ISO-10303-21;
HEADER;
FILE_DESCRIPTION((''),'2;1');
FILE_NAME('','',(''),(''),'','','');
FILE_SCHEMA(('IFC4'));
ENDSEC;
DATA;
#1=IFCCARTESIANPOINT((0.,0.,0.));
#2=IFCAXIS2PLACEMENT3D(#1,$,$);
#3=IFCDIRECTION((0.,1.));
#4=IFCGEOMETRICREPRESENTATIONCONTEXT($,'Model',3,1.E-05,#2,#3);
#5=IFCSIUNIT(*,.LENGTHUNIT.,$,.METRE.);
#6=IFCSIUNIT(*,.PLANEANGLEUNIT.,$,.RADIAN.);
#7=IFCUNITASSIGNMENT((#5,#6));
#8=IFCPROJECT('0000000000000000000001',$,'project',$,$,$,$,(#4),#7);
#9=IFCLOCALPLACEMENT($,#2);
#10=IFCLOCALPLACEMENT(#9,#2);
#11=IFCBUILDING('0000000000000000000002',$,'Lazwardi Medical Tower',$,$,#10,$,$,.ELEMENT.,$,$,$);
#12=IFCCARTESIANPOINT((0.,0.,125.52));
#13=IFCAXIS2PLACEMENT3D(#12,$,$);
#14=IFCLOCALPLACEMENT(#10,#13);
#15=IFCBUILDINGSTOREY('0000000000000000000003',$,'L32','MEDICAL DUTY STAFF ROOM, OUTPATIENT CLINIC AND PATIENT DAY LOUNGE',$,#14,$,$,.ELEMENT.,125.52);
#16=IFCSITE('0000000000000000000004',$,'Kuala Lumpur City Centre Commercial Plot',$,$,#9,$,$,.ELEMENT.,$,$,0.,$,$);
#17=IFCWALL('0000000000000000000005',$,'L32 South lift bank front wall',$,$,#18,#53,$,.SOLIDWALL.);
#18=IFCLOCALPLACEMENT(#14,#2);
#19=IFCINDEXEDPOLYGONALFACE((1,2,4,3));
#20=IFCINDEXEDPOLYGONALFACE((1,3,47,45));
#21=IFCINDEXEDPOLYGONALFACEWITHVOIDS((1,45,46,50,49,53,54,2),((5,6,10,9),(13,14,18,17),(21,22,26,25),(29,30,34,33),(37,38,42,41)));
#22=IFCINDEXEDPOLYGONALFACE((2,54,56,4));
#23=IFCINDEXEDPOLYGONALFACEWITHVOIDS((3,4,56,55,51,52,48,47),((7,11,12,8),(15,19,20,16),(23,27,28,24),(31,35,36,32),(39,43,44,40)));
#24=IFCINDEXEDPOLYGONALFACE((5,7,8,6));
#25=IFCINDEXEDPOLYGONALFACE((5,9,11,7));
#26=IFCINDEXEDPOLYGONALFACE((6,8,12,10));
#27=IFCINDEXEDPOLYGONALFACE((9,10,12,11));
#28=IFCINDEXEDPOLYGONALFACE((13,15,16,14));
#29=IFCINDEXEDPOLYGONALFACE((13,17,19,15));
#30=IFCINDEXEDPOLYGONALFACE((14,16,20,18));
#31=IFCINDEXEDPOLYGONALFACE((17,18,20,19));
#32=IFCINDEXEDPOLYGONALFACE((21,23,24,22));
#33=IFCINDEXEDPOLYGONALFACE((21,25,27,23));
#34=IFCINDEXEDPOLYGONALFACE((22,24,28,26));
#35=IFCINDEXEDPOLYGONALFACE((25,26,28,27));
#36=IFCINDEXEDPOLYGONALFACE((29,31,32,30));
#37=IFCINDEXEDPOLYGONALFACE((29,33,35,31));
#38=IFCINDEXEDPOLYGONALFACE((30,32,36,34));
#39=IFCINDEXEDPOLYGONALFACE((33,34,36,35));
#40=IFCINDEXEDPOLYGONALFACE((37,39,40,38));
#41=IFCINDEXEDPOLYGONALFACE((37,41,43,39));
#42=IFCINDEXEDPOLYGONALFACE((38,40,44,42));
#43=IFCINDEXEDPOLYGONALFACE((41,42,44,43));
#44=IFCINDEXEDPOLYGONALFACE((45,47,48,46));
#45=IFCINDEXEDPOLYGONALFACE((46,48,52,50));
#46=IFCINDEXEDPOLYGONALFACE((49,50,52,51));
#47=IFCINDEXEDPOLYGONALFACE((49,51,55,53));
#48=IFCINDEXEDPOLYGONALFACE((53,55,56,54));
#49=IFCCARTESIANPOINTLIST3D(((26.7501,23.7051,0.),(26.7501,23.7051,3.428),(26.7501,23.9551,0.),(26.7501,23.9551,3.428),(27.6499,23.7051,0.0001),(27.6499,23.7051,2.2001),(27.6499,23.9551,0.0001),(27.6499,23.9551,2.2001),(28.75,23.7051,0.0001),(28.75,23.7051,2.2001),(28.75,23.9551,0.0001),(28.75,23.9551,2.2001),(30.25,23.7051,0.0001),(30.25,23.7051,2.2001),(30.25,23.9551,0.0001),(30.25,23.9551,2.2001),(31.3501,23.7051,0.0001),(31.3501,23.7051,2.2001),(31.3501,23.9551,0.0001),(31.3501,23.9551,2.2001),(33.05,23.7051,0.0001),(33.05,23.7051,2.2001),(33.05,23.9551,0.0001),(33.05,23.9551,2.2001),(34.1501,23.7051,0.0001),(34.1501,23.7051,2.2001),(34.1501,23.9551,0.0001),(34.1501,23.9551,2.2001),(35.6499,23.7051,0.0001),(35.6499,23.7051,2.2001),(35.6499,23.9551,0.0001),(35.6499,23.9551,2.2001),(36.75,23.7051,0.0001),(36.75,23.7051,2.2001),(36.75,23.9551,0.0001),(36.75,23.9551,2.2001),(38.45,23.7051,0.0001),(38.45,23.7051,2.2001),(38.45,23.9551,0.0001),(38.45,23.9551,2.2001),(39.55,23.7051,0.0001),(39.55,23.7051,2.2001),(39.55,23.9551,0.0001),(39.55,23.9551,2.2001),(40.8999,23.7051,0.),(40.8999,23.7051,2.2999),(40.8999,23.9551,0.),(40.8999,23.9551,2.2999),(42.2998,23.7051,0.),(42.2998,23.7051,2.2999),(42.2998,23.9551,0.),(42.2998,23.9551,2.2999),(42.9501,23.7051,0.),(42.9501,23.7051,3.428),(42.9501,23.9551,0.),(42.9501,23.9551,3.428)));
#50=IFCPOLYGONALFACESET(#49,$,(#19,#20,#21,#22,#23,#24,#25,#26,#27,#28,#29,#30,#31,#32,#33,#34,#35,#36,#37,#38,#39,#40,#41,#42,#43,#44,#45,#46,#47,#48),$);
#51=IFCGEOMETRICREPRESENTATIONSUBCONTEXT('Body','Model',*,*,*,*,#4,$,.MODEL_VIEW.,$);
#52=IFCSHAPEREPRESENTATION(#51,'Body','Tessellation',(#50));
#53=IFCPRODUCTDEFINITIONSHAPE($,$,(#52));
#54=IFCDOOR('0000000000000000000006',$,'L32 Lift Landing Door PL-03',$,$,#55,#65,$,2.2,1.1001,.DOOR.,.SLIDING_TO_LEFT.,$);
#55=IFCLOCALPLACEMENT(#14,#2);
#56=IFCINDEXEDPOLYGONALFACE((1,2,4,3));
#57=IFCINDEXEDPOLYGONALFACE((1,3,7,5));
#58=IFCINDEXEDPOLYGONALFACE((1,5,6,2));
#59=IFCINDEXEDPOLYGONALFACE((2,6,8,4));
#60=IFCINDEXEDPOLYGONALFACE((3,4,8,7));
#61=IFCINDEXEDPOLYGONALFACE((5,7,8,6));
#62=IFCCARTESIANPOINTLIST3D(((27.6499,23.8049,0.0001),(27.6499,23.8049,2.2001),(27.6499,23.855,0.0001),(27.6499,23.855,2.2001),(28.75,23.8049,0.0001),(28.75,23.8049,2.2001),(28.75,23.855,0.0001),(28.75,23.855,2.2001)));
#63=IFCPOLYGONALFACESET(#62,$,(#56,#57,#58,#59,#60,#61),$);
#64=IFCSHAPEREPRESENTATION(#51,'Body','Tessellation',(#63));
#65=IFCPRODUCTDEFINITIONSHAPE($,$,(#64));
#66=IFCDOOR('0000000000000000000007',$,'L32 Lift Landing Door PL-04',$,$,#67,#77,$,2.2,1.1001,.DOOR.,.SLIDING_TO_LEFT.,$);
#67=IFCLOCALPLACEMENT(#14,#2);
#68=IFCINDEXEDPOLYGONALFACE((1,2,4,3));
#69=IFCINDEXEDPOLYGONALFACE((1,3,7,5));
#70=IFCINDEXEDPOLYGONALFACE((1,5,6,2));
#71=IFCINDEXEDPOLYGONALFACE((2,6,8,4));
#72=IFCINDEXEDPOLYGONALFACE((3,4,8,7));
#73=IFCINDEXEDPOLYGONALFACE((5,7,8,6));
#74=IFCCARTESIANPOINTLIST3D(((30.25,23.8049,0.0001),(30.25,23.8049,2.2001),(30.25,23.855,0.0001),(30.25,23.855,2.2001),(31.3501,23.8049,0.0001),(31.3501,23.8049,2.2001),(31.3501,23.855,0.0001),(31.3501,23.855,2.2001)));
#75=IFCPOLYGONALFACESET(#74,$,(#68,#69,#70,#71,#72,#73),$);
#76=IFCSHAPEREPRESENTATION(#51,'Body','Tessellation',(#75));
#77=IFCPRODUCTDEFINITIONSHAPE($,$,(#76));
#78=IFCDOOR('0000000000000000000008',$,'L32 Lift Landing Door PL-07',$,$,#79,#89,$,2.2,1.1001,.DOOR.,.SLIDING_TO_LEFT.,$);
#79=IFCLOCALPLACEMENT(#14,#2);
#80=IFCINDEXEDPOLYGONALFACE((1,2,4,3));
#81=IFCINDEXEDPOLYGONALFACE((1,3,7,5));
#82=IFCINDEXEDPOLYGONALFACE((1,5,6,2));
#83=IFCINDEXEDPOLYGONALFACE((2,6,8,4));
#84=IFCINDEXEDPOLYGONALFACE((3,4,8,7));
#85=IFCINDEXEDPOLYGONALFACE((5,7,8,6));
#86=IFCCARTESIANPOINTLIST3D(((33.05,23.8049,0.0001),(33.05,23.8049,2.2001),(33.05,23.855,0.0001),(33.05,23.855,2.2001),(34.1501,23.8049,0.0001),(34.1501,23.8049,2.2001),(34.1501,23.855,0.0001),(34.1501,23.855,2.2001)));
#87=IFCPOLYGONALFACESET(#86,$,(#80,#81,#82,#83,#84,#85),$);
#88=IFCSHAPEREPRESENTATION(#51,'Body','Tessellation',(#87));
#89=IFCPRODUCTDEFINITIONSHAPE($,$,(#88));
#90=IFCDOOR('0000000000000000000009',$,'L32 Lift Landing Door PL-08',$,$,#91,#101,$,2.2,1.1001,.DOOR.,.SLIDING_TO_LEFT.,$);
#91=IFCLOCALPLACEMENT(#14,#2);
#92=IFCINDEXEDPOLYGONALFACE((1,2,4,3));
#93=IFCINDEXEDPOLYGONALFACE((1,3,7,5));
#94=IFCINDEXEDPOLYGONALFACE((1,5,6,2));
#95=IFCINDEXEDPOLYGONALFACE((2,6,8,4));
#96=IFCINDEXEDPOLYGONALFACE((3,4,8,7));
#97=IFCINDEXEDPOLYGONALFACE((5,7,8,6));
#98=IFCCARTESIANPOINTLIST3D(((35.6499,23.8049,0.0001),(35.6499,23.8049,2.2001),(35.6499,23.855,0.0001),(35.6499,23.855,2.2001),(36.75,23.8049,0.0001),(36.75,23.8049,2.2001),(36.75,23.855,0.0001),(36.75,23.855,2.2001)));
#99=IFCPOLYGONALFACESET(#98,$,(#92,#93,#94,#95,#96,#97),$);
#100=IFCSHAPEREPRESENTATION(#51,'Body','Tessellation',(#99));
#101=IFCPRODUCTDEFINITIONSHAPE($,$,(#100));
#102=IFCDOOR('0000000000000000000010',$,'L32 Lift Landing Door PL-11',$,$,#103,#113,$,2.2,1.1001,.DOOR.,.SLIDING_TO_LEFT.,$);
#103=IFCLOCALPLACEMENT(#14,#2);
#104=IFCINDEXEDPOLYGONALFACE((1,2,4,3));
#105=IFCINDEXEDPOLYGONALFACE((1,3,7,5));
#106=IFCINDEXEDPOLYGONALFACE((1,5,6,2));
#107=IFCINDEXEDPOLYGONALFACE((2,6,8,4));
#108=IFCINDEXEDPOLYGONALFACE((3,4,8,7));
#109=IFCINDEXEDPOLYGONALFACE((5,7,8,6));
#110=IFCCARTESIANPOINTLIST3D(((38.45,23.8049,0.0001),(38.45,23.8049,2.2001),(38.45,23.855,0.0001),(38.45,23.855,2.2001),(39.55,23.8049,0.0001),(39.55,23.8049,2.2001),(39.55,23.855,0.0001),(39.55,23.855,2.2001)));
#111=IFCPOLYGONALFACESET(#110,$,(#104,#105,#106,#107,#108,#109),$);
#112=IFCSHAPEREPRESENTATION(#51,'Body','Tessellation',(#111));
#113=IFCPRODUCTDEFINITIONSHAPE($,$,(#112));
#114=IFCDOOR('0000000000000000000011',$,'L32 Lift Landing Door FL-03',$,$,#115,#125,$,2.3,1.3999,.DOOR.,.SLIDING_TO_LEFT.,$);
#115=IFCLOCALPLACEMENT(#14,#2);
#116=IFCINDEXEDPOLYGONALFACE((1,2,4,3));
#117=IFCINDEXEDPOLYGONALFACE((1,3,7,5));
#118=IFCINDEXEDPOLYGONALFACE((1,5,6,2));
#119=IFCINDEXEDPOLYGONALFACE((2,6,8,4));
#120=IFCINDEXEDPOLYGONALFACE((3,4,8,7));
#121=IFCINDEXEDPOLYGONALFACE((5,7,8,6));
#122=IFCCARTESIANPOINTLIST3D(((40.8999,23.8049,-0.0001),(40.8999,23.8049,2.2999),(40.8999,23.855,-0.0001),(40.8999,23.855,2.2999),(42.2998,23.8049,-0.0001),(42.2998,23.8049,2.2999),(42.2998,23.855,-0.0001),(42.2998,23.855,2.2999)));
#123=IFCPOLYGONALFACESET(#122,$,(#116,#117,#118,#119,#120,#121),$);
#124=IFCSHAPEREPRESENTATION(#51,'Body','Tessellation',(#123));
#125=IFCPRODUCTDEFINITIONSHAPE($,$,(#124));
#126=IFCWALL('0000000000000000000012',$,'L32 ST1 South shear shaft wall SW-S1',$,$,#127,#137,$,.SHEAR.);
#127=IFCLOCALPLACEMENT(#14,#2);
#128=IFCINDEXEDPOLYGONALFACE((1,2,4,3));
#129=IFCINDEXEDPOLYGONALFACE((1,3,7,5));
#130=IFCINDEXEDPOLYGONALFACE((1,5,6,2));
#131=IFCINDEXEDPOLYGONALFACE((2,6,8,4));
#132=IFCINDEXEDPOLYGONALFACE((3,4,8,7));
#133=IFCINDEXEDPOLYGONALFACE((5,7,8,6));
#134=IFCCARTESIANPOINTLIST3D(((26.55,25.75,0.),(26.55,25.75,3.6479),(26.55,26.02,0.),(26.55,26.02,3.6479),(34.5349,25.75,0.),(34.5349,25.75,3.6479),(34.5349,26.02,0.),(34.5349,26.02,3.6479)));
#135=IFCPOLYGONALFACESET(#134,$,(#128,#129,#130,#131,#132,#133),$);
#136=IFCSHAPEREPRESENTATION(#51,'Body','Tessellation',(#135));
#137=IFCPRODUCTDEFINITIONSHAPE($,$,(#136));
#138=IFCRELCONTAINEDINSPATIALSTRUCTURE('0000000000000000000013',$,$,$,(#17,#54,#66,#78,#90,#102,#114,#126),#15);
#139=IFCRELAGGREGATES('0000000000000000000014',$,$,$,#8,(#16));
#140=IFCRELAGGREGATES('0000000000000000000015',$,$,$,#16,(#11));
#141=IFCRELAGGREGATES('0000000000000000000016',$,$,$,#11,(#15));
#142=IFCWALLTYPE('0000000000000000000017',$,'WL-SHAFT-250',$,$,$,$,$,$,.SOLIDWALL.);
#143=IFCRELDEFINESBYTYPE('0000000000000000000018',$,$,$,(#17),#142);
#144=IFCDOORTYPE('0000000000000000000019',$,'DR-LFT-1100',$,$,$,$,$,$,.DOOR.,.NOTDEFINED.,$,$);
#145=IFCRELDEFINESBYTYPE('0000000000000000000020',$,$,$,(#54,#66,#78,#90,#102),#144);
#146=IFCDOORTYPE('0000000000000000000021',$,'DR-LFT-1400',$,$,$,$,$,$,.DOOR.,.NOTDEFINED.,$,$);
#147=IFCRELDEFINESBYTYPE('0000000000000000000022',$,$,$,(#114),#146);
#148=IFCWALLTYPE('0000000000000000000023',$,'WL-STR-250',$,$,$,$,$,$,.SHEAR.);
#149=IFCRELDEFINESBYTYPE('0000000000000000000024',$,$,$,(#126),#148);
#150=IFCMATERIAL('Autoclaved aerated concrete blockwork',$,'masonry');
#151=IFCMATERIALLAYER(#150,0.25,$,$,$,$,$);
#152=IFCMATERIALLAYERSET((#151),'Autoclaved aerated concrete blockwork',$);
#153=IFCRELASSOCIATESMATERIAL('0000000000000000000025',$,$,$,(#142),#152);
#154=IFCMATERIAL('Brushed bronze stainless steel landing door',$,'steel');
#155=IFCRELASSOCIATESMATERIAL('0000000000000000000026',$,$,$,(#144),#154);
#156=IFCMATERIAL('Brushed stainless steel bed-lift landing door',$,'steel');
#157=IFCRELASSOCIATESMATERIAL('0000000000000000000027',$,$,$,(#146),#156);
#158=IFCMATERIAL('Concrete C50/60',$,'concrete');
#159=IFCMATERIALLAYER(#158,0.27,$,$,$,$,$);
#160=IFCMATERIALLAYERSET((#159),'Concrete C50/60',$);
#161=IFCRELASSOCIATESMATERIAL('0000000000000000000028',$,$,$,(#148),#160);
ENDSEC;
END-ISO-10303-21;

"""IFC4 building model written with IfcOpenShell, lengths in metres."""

from ifc_helpers import new_model, si_unit, direction, frame, frame_2d, origin, place, context, subcontext, project, spatial, rectangle, extrude, material, layer, layer_set, type_object, element, fill, save


model = new_model("IFC4")

# Units and contexts
model_context = context("Model", 3, precision=1e-05, world=origin(), true_north=direction((0.0, 1.0)))
body_context = subcontext(model_context, "Body", "Model", "MODEL_VIEW")
ifc_project = project(units=[si_unit("LENGTHUNIT", "METRE"), si_unit("PLANEANGLEUNIT", "RADIAN")], contexts=[model_context])

# Site, building, storey
site_placement = place(None, origin())
site = spatial("IfcSite", under=ifc_project, at=site_placement, Name="Kuala Lumpur City Centre Commercial Plot", CompositionType="ELEMENT", RefElevation=0.0)
building_placement = place(site_placement, origin())
building = spatial("IfcBuilding", under=site, at=building_placement, Name="Lazwardi Medical Tower", CompositionType="ELEMENT")
storey_placement = place(building_placement, frame((0.0, 0.0, 125.52)))
storey = spatial("IfcBuildingStorey", under=building, at=storey_placement, Name="L32", Description="MEDICAL DUTY STAFF ROOM, OUTPATIENT CLINIC AND PATIENT DAY LOUNGE", CompositionType="ELEMENT", Elevation=125.52)

# Wall, openings, doors
ifc_material_1 = material(Name="Autoclaved aerated concrete blockwork", Category="masonry")
ifc_layer_1 = layer(ifc_material_1, 0.25)
ifc_layer_set_1 = layer_set([ifc_layer_1], Name="Autoclaved aerated concrete blockwork")
wall_type_1 = type_object("IfcWallType", Name="WL-SHAFT-250", PredefinedType="SOLIDWALL", material=ifc_layer_set_1)
wall_1_placement = place(storey_placement, frame((26.75, 23.8301, 0.0), z_axis=(0.0, 0.0, 1.0), x_axis=(1.0, 0.0, 0.0)))
wall_1 = element("IfcWall", 1, at=wall_1_placement, inside=storey, type_object=wall_type_1, Name="L32 South lift bank front wall", PredefinedType="SOLIDWALL", context=body_context, shape_type="SweptSolid", body=[
    extrude(rectangle(XDim=16.2, YDim=0.25, at=frame_2d((8.1001, 0.0))), origin(), (0.0, 0.0, 1.0), 3.428),
])
opening_1_placement = place(wall_1_placement, frame((0.8999, 0.0, 0.0)))
opening_1 = element("IfcOpeningElement", 2, at=opening_1_placement, cuts=wall_1, PredefinedType="OPENING", context=body_context, shape_type="SweptSolid", body=[
    extrude(rectangle(XDim=1.1001, YDim=2.2, at=frame_2d((0.55, 1.1001))), frame((0.0, 0.135, 0.0), z_axis=(0.0, -1.0, 0.0), x_axis=(1.0, 0.0, 0.0)), (0.0, 0.0, 1.0), 0.27),
])
opening_2_placement = place(wall_1_placement, frame((3.5, 0.0, 0.0)))
opening_2 = element("IfcOpeningElement", 3, at=opening_2_placement, cuts=wall_1, PredefinedType="OPENING", context=body_context, shape_type="SweptSolid", body=[
    extrude(rectangle(XDim=1.1001, YDim=2.2, at=frame_2d((0.55, 1.1001))), frame((0.0, 0.135, 0.0), z_axis=(0.0, -1.0, 0.0), x_axis=(1.0, 0.0, 0.0)), (0.0, 0.0, 1.0), 0.27),
])
opening_3_placement = place(wall_1_placement, frame((6.3, 0.0, 0.0)))
opening_3 = element("IfcOpeningElement", 4, at=opening_3_placement, cuts=wall_1, PredefinedType="OPENING", context=body_context, shape_type="SweptSolid", body=[
    extrude(rectangle(XDim=1.1001, YDim=2.2, at=frame_2d((0.55, 1.1001))), frame((0.0, 0.135, 0.0), z_axis=(0.0, -1.0, 0.0), x_axis=(1.0, 0.0, 0.0)), (0.0, 0.0, 1.0), 0.27),
])
opening_4_placement = place(wall_1_placement, frame((8.8999, 0.0, 0.0)))
opening_4 = element("IfcOpeningElement", 5, at=opening_4_placement, cuts=wall_1, PredefinedType="OPENING", context=body_context, shape_type="SweptSolid", body=[
    extrude(rectangle(XDim=1.1001, YDim=2.2, at=frame_2d((0.55, 1.1001))), frame((0.0, 0.135, 0.0), z_axis=(0.0, -1.0, 0.0), x_axis=(1.0, 0.0, 0.0)), (0.0, 0.0, 1.0), 0.27),
])
opening_5_placement = place(wall_1_placement, frame((11.7, 0.0, 0.0)))
opening_5 = element("IfcOpeningElement", 6, at=opening_5_placement, cuts=wall_1, PredefinedType="OPENING", context=body_context, shape_type="SweptSolid", body=[
    extrude(rectangle(XDim=1.1001, YDim=2.2, at=frame_2d((0.55, 1.1001))), frame((0.0, 0.135, 0.0), z_axis=(0.0, -1.0, 0.0), x_axis=(1.0, 0.0, 0.0)), (0.0, 0.0, 1.0), 0.27),
])
opening_6_placement = place(wall_1_placement, frame((14.1499, 0.0, 0.0)))
opening_6 = element("IfcOpeningElement", 7, at=opening_6_placement, cuts=wall_1, PredefinedType="OPENING", context=body_context, shape_type="SweptSolid", body=[
    extrude(rectangle(XDim=1.3999, YDim=2.3, at=frame_2d((0.7, 1.1499))), frame((0.0, 0.135, 0.0), z_axis=(0.0, -1.0, 0.0), x_axis=(1.0, 0.0, 0.0)), (0.0, 0.0, 1.0), 0.27),
])
ifc_material_2 = material(Name="Brushed bronze stainless steel landing door", Category="steel")
door_type_1 = type_object("IfcDoorType", Name="DR-LFT-1100", OperationType="NOTDEFINED", PredefinedType="DOOR", material=ifc_material_2)
door_1_placement = place(opening_1_placement, origin())
door_1 = element("IfcDoor", 8, at=door_1_placement, inside=storey, type_object=door_type_1, Name="L32 Lift Landing Door PL-03", OperationType="SLIDING_TO_LEFT", OverallHeight=2.2, OverallWidth=1.1001, PredefinedType="DOOR", context=body_context, shape_type="SweptSolid", body=[
    extrude(rectangle(XDim=1.1001, YDim=2.2, at=frame_2d((0.55, 1.1001))), frame((0.0, 0.0249, 0.0), z_axis=(0.0, -1.0, 0.0), x_axis=(1.0, 0.0, 0.0)), (0.0, 0.0, 1.0), 0.05),
])
fill(opening_1, door_1)
door_2_placement = place(opening_2_placement, origin())
door_2 = element("IfcDoor", 9, at=door_2_placement, inside=storey, type_object=door_type_1, Name="L32 Lift Landing Door PL-04", OperationType="SLIDING_TO_LEFT", OverallHeight=2.2, OverallWidth=1.1001, PredefinedType="DOOR", context=body_context, shape_type="SweptSolid", body=[
    extrude(rectangle(XDim=1.1001, YDim=2.2, at=frame_2d((0.55, 1.1001))), frame((0.0, 0.0249, 0.0), z_axis=(0.0, -1.0, 0.0), x_axis=(1.0, 0.0, 0.0)), (0.0, 0.0, 1.0), 0.05),
])
fill(opening_2, door_2)
door_3_placement = place(opening_3_placement, origin())
door_3 = element("IfcDoor", 10, at=door_3_placement, inside=storey, type_object=door_type_1, Name="L32 Lift Landing Door PL-07", OperationType="SLIDING_TO_LEFT", OverallHeight=2.2, OverallWidth=1.1001, PredefinedType="DOOR", context=body_context, shape_type="SweptSolid", body=[
    extrude(rectangle(XDim=1.1001, YDim=2.2, at=frame_2d((0.55, 1.1001))), frame((0.0, 0.0249, 0.0), z_axis=(0.0, -1.0, 0.0), x_axis=(1.0, 0.0, 0.0)), (0.0, 0.0, 1.0), 0.05),
])
fill(opening_3, door_3)
door_4_placement = place(opening_4_placement, origin())
door_4 = element("IfcDoor", 11, at=door_4_placement, inside=storey, type_object=door_type_1, Name="L32 Lift Landing Door PL-08", OperationType="SLIDING_TO_LEFT", OverallHeight=2.2, OverallWidth=1.1001, PredefinedType="DOOR", context=body_context, shape_type="SweptSolid", body=[
    extrude(rectangle(XDim=1.1001, YDim=2.2, at=frame_2d((0.55, 1.1001))), frame((0.0, 0.0249, 0.0), z_axis=(0.0, -1.0, 0.0), x_axis=(1.0, 0.0, 0.0)), (0.0, 0.0, 1.0), 0.05),
])
fill(opening_4, door_4)
door_5_placement = place(opening_5_placement, origin())
door_5 = element("IfcDoor", 12, at=door_5_placement, inside=storey, type_object=door_type_1, Name="L32 Lift Landing Door PL-11", OperationType="SLIDING_TO_LEFT", OverallHeight=2.2, OverallWidth=1.1001, PredefinedType="DOOR", context=body_context, shape_type="SweptSolid", body=[
    extrude(rectangle(XDim=1.1001, YDim=2.2, at=frame_2d((0.55, 1.1001))), frame((0.0, 0.0249, 0.0), z_axis=(0.0, -1.0, 0.0), x_axis=(1.0, 0.0, 0.0)), (0.0, 0.0, 1.0), 0.05),
])
fill(opening_5, door_5)
ifc_material_3 = material(Name="Brushed stainless steel bed-lift landing door", Category="steel")
door_type_2 = type_object("IfcDoorType", Name="DR-LFT-1400", OperationType="NOTDEFINED", PredefinedType="DOOR", material=ifc_material_3)
door_6_placement = place(opening_6_placement, origin())
door_6 = element("IfcDoor", 13, at=door_6_placement, inside=storey, type_object=door_type_2, Name="L32 Lift Landing Door FL-03", OperationType="SLIDING_TO_LEFT", OverallHeight=2.3, OverallWidth=1.3999, PredefinedType="DOOR", context=body_context, shape_type="SweptSolid", body=[
    extrude(rectangle(XDim=1.3999, YDim=2.3, at=frame_2d((0.7, 1.1499))), frame((0.0, 0.0249, 0.0), z_axis=(0.0, -1.0, 0.0), x_axis=(1.0, 0.0, 0.0)), (0.0, 0.0, 1.0), 0.05),
])
fill(opening_6, door_6)

# Wall
ifc_material_4 = material(Name="Concrete C50/60", Category="concrete")
ifc_layer_2 = layer(ifc_material_4, 0.27)
ifc_layer_set_2 = layer_set([ifc_layer_2], Name="Concrete C50/60")
wall_type_2 = type_object("IfcWallType", Name="WL-STR-250", PredefinedType="SHEAR", material=ifc_layer_set_2)
wall_2_placement = place(storey_placement, frame((26.55, 25.885, 0.0), z_axis=(0.0, 0.0, 1.0), x_axis=(1.0, 0.0, 0.0)))
element("IfcWall", 14, at=wall_2_placement, inside=storey, type_object=wall_type_2, Name="L32 ST1 South shear shaft wall SW-S1", PredefinedType="SHEAR", context=body_context, shape_type="SweptSolid", body=[
    extrude(rectangle(XDim=7.9849, YDim=0.27, at=frame_2d((3.9924, 0.0))), origin(), (0.0, 0.0, 1.0), 3.6479),
])

save(model, "model.ifc")
